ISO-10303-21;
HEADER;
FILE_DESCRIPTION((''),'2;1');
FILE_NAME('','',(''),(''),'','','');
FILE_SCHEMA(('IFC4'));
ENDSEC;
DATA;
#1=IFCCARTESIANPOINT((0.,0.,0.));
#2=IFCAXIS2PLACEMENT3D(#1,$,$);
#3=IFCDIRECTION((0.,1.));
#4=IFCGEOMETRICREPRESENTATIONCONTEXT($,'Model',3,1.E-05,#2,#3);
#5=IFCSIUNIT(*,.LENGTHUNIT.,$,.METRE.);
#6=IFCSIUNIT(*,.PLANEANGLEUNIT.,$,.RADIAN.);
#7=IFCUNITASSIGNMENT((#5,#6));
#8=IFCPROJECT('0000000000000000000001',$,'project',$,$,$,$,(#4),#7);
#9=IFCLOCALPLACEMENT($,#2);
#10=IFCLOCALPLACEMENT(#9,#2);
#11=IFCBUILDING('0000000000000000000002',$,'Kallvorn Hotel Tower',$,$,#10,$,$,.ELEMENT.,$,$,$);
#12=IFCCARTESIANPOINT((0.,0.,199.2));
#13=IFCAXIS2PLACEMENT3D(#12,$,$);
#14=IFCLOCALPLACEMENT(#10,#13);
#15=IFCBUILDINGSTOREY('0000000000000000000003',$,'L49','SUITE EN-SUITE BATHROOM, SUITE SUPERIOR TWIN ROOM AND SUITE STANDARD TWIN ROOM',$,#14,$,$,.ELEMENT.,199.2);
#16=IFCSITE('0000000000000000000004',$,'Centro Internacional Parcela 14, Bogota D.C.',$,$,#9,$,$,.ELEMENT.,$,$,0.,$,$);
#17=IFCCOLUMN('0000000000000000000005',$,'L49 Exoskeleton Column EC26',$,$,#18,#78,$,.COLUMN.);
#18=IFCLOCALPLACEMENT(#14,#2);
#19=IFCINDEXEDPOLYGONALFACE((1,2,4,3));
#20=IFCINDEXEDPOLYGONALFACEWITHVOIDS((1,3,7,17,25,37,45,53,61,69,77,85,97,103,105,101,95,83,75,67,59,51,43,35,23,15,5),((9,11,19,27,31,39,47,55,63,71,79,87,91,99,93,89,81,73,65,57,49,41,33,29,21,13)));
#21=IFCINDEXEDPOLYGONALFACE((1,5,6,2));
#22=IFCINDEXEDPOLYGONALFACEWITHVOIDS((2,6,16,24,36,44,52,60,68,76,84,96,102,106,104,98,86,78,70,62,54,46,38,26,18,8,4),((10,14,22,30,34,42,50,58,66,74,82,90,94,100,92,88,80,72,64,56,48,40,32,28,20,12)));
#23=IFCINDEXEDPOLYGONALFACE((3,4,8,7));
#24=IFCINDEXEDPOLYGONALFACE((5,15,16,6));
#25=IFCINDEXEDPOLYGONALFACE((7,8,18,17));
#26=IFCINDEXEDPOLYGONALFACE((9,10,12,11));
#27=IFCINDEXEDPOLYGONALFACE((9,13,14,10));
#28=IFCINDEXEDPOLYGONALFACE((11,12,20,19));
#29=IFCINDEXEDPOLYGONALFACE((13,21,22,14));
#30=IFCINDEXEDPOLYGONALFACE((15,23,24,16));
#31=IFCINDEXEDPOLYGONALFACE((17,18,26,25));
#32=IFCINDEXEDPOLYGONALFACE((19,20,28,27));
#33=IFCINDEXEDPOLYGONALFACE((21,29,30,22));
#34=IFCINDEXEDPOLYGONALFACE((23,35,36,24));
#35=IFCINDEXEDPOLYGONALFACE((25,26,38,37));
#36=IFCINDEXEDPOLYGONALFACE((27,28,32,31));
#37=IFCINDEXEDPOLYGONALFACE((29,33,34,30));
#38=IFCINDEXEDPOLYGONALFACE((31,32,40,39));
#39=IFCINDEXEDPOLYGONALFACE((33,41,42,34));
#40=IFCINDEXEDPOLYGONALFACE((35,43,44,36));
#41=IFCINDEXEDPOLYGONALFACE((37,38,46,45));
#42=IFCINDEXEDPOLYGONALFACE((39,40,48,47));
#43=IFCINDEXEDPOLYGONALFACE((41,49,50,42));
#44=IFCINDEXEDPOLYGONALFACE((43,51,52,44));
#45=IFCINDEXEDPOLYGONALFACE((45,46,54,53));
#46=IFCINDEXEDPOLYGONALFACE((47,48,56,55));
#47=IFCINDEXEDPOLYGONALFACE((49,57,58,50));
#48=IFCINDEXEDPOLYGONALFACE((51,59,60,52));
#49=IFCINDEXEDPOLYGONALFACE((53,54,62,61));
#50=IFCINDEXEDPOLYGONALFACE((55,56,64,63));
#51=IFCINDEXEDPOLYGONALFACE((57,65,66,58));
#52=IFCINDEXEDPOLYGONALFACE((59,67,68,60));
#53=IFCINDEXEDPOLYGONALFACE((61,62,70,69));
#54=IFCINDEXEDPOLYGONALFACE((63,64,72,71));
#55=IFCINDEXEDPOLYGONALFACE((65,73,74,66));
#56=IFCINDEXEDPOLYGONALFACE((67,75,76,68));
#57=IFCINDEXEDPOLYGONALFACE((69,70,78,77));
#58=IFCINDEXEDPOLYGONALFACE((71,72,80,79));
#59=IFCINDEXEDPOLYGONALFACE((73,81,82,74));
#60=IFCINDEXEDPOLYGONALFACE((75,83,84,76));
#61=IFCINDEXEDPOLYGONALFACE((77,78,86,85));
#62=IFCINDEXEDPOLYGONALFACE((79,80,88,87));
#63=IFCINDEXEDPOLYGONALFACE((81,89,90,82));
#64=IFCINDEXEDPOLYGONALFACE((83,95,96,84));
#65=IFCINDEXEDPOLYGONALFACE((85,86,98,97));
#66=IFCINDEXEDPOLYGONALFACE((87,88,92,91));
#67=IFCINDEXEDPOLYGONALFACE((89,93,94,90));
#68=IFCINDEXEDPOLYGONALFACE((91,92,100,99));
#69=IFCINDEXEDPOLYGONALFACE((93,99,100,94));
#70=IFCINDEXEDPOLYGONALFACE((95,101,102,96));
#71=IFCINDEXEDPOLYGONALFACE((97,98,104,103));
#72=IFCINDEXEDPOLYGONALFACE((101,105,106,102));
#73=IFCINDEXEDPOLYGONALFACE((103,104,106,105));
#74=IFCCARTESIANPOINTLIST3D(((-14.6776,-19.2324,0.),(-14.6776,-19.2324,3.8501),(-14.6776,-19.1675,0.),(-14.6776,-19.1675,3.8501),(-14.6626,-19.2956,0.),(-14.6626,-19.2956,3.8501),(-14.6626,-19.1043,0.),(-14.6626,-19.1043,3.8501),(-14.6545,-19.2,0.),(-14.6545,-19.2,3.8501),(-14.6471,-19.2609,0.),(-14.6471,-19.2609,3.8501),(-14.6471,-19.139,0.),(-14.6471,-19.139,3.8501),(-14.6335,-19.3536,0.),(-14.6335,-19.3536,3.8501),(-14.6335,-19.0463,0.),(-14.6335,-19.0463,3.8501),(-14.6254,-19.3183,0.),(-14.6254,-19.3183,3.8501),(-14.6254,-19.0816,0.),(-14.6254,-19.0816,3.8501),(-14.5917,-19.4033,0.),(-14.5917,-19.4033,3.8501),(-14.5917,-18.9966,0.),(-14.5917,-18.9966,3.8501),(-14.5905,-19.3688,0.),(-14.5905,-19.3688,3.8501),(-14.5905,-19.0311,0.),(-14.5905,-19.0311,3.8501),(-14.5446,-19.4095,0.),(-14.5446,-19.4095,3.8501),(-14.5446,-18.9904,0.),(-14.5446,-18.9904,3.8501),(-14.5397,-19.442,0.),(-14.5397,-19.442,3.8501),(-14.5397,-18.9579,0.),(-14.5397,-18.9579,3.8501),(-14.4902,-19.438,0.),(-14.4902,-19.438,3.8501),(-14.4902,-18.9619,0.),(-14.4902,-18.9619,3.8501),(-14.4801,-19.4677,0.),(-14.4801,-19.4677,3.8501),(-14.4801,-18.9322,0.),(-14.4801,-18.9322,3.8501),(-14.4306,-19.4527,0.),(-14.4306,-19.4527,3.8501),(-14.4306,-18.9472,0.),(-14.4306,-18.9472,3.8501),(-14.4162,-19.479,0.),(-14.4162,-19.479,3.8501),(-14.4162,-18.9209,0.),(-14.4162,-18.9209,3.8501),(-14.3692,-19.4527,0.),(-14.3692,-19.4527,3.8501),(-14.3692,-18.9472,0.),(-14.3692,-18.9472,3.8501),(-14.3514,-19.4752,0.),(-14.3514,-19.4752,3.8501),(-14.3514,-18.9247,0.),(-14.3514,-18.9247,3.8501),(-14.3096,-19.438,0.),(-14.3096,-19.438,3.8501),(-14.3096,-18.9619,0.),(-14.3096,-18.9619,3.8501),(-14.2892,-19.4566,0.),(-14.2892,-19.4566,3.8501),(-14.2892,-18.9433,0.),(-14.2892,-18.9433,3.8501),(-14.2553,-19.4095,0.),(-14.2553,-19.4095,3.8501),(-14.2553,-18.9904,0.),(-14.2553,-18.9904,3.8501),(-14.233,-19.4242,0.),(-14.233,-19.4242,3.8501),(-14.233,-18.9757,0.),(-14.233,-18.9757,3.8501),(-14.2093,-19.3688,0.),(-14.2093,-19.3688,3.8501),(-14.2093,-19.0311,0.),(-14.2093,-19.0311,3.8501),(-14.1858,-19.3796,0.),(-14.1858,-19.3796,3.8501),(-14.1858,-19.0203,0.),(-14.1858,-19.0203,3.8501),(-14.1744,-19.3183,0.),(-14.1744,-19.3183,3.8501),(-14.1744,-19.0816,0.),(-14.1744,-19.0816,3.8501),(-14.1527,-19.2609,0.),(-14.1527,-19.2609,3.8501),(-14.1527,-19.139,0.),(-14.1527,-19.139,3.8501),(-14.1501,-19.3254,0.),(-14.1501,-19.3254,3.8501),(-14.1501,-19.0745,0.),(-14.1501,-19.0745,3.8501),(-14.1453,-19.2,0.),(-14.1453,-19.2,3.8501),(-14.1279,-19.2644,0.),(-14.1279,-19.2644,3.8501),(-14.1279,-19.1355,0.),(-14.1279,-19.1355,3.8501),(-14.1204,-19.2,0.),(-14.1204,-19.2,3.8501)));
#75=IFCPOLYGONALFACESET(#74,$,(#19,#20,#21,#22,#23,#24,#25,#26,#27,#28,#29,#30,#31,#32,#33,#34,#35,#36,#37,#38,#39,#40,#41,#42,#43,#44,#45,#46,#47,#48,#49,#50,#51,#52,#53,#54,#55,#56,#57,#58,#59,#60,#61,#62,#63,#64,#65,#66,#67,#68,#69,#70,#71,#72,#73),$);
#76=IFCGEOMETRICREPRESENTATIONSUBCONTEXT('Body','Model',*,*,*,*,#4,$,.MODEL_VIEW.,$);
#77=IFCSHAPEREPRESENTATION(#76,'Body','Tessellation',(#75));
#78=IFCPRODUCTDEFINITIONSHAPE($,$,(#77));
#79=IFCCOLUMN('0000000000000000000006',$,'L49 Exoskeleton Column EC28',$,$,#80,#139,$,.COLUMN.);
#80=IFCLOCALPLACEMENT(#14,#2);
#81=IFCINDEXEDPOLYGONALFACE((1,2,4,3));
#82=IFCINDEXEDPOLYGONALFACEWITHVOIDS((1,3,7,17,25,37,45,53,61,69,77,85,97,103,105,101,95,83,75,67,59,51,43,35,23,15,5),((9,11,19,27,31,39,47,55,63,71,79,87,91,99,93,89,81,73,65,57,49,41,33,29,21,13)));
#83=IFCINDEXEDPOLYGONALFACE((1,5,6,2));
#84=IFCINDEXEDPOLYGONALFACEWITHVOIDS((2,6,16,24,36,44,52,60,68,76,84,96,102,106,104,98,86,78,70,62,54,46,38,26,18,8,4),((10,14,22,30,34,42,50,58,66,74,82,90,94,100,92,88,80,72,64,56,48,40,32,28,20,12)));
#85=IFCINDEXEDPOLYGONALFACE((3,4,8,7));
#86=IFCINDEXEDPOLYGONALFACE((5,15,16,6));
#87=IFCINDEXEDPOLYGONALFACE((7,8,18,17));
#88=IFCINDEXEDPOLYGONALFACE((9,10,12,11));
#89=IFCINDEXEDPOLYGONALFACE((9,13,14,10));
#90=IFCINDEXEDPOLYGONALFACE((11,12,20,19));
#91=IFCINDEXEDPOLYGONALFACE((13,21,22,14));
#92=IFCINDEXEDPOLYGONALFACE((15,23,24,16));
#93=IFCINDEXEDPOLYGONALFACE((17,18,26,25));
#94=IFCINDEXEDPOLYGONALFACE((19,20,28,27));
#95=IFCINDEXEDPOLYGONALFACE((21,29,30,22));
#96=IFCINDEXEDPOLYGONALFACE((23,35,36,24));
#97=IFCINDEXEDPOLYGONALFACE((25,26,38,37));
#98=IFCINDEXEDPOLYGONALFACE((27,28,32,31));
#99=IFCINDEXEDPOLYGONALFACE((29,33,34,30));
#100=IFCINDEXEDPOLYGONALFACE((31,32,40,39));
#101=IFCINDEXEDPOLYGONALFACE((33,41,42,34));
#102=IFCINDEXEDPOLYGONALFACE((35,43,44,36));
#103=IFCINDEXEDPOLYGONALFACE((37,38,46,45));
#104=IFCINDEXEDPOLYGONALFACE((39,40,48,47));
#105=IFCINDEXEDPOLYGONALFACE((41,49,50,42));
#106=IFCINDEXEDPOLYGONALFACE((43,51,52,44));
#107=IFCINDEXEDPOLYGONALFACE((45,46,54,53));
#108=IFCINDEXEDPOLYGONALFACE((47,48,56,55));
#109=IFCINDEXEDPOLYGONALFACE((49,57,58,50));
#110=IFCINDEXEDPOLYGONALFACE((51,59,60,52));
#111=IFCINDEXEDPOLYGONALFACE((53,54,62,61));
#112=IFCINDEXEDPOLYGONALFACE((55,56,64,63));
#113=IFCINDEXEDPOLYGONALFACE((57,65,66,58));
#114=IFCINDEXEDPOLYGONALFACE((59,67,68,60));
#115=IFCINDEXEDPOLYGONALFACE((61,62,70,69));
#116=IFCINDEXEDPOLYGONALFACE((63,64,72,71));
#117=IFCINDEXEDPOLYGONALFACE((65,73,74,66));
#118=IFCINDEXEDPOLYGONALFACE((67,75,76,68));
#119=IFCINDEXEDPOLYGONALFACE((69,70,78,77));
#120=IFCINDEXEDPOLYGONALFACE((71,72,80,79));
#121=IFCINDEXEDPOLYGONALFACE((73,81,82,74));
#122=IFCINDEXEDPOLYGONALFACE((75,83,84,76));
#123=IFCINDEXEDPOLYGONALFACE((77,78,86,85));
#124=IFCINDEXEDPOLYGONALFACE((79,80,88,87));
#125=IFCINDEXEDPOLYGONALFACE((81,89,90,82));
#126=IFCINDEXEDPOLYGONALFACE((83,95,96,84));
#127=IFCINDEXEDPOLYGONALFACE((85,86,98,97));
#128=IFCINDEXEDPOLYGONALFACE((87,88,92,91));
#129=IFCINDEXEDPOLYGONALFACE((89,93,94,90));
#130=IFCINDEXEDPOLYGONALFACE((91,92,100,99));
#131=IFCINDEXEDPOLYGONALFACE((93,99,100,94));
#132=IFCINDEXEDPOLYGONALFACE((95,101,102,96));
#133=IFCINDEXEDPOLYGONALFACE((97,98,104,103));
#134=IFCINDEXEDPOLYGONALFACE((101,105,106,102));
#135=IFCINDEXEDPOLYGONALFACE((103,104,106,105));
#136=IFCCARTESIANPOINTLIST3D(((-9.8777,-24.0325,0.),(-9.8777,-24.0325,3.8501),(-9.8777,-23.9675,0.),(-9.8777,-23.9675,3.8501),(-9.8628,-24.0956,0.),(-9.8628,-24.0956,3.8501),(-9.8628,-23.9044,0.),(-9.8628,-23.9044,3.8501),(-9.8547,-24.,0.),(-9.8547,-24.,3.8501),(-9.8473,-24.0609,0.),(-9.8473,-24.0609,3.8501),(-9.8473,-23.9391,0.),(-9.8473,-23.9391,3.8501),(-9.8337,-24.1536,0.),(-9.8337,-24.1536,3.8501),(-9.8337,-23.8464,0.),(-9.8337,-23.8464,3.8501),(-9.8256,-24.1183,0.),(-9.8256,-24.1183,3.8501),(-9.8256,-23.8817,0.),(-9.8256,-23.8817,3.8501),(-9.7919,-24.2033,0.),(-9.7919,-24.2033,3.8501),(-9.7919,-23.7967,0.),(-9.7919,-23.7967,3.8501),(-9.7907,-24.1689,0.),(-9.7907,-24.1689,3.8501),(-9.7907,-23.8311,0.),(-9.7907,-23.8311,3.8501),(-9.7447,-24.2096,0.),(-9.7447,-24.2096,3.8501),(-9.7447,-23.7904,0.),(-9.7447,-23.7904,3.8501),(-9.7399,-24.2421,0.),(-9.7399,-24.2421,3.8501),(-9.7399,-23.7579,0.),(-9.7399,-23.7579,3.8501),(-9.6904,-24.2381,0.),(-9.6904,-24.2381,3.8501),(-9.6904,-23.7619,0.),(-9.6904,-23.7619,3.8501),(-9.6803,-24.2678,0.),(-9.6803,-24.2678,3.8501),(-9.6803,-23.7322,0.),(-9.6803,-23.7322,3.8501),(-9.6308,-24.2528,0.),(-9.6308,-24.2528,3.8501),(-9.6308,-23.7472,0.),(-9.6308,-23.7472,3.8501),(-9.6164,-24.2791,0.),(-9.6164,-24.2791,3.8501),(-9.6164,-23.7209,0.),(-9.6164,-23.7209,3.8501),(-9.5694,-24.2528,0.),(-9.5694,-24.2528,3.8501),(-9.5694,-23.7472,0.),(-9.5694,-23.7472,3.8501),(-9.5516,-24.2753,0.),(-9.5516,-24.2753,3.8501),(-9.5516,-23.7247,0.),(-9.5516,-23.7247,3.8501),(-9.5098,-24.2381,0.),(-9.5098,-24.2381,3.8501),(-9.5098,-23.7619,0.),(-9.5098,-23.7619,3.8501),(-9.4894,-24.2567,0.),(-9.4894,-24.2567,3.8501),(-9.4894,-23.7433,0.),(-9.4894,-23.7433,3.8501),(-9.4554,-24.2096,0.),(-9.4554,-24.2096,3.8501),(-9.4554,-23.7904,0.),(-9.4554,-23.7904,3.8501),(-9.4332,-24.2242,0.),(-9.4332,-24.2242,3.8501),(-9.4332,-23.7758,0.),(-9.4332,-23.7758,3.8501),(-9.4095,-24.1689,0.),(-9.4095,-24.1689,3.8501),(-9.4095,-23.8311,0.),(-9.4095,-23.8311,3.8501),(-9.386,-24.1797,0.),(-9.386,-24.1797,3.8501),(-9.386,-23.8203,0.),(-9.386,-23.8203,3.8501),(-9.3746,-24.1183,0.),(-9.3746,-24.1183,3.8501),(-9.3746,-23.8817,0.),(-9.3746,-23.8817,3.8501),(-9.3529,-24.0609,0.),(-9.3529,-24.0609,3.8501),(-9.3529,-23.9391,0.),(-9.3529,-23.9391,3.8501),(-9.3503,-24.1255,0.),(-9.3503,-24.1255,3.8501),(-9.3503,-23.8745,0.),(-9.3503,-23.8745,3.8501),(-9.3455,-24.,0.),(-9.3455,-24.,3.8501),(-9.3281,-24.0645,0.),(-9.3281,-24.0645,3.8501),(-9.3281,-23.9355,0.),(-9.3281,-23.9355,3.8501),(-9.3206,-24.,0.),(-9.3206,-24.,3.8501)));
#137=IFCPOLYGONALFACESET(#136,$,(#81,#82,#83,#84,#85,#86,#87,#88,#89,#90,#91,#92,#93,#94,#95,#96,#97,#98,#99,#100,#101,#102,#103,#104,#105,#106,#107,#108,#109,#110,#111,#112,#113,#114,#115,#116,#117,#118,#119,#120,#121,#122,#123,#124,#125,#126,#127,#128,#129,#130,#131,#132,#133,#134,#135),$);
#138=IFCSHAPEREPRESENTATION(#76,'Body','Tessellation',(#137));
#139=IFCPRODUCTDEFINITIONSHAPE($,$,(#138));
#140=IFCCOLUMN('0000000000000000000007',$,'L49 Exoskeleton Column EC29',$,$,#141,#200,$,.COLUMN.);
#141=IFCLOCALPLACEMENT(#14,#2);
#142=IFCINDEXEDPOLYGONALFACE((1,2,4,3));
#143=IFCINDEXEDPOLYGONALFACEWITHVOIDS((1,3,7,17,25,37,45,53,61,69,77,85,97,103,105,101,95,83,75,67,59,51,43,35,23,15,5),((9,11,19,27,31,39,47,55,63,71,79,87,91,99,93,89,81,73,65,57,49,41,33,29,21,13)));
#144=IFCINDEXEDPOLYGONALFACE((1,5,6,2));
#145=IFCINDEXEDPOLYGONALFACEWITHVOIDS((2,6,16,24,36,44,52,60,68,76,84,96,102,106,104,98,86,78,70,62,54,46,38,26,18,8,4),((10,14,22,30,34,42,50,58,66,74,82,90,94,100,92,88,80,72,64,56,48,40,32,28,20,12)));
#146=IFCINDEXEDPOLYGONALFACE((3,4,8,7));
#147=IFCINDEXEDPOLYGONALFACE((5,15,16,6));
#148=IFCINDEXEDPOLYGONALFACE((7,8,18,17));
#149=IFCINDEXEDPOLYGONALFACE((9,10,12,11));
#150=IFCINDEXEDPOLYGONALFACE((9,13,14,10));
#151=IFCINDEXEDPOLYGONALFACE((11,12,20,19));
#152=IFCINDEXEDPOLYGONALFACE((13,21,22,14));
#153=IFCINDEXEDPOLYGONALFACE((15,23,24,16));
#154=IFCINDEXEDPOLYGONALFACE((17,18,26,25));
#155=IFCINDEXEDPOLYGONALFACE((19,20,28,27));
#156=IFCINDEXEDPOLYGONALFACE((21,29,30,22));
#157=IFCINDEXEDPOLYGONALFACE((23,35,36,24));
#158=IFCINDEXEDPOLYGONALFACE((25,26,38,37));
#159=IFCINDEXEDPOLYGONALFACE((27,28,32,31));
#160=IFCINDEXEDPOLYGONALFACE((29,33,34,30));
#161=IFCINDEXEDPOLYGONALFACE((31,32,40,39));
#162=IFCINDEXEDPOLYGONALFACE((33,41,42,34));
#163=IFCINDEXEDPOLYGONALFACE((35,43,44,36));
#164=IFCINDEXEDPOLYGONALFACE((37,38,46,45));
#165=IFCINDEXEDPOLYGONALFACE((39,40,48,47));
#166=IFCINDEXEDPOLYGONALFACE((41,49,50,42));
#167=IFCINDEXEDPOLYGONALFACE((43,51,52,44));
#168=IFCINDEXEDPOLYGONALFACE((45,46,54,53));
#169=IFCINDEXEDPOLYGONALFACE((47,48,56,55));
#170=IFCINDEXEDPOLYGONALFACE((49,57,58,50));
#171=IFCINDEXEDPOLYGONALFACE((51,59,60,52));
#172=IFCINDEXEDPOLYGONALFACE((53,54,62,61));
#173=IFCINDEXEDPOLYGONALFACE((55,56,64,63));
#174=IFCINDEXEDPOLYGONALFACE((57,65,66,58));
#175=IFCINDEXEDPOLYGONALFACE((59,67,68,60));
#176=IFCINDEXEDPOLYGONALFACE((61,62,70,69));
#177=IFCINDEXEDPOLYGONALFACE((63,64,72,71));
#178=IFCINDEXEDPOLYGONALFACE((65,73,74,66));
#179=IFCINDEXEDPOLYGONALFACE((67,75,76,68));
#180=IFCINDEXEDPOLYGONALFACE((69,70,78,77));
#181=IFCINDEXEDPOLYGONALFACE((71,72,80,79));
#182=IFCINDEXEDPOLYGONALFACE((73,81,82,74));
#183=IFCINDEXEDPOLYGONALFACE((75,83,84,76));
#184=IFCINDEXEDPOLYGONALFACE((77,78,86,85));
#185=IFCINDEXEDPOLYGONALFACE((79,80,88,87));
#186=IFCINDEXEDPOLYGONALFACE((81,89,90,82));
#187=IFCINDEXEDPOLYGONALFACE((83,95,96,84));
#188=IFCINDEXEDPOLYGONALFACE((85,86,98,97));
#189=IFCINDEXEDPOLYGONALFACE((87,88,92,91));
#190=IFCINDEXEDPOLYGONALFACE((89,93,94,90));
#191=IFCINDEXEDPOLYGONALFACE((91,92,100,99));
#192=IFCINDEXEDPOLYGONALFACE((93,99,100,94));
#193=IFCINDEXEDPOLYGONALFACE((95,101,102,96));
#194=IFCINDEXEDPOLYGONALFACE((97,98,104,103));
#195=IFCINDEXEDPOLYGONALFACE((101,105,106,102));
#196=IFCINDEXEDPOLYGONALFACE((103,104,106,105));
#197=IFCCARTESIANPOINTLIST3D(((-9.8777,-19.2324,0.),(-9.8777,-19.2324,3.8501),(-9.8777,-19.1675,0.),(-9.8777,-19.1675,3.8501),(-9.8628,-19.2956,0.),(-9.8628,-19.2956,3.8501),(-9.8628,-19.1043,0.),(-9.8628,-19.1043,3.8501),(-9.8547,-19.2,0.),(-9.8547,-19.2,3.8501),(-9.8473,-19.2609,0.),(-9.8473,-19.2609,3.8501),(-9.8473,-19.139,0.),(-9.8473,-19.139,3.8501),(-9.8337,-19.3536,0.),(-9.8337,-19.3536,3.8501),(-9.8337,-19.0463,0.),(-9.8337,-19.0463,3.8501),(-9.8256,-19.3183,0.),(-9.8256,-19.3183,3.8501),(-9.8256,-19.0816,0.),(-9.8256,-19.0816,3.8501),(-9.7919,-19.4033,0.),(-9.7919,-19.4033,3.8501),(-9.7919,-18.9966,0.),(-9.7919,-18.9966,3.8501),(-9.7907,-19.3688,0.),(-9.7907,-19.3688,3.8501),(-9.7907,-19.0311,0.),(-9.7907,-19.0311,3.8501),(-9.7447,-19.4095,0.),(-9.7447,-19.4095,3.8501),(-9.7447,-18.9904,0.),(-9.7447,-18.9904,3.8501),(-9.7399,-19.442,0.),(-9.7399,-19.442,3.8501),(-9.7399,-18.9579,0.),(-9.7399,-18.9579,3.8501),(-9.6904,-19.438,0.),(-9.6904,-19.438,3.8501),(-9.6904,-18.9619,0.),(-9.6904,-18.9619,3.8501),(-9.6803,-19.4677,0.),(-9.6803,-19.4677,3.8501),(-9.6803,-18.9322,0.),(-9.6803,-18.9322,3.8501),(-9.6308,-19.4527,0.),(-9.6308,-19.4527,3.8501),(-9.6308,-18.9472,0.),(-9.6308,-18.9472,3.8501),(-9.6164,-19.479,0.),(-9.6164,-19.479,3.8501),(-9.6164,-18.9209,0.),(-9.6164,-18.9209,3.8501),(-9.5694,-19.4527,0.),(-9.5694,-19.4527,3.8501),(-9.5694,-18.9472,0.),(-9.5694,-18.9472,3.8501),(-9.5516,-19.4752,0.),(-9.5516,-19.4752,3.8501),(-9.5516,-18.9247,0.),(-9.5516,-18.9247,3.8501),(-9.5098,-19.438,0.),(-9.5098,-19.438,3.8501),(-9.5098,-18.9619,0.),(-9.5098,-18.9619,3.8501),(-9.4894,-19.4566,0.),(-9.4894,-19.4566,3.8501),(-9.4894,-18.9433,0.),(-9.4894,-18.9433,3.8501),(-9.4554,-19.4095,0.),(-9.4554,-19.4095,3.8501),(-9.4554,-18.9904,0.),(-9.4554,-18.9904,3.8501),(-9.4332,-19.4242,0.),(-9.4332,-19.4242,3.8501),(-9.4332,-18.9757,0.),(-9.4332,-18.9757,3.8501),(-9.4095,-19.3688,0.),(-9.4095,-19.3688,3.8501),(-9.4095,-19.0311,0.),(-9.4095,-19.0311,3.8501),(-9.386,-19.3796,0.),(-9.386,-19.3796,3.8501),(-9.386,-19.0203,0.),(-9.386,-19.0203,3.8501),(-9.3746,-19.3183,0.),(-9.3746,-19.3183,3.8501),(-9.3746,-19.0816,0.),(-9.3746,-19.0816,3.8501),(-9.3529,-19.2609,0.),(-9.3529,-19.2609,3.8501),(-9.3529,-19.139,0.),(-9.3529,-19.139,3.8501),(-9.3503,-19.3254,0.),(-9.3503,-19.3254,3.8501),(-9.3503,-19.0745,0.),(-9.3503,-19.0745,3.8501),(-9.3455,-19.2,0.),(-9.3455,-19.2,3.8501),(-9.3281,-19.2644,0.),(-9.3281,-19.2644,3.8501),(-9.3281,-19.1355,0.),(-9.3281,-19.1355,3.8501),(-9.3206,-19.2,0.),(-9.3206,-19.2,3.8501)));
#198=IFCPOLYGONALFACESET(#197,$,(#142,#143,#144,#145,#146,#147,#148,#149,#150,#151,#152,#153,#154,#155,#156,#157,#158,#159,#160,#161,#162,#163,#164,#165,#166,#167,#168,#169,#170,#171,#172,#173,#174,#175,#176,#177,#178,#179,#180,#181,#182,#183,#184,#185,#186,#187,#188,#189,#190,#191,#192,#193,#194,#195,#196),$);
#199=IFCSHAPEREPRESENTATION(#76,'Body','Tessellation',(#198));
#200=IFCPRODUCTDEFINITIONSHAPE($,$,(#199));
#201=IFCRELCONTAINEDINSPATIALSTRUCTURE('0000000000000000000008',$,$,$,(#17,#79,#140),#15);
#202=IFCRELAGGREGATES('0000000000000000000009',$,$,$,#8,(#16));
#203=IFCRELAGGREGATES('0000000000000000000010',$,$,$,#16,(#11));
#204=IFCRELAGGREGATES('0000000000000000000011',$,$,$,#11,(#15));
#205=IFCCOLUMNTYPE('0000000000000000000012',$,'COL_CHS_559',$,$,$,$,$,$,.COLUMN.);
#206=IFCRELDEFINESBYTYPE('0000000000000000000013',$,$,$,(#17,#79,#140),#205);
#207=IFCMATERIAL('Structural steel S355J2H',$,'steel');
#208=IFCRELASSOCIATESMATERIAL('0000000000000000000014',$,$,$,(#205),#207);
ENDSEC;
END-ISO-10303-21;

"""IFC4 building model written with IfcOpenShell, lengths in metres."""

from ifc_helpers import new_model, si_unit, direction, frame, origin, origin_2d, place, context, subcontext, project, spatial, hollow_circle, extrude, material, material_profile, profile_set, type_object, element, save


model = new_model("IFC4")

# Units and contexts
model_context = context("Model", 3, precision=1e-05, world=origin(), true_north=direction((0.0, 1.0)))
body_context = subcontext(model_context, "Body", "Model", "MODEL_VIEW")
ifc_project = project(units=[si_unit("LENGTHUNIT", "METRE"), si_unit("PLANEANGLEUNIT", "RADIAN")], contexts=[model_context])

# Site, building, storey
site_placement = place(None, origin())
site = spatial("IfcSite", under=ifc_project, at=site_placement, Name="Centro Internacional Parcela 14, Bogota D.C.", CompositionType="ELEMENT", RefElevation=0.0)
building_placement = place(site_placement, origin())
building = spatial("IfcBuilding", under=site, at=building_placement, Name="Kallvorn Hotel Tower", CompositionType="ELEMENT")
storey_placement = place(building_placement, frame((0.0, 0.0, 199.2)))
storey = spatial("IfcBuildingStorey", under=building, at=storey_placement, Name="L49", Description="SUITE EN-SUITE BATHROOM, SUITE SUPERIOR TWIN ROOM AND SUITE STANDARD TWIN ROOM", CompositionType="ELEMENT", Elevation=199.2)

# Columns
ifc_material_1 = material(Name="Structural steel S355J2H", Category="steel")
ifc_material_profile_1 = material_profile(ifc_material_1, hollow_circle(Radius=0.2795, WallThickness=0.0249, at=origin_2d()), Name="CHS 559x25")
ifc_profile_set_1 = profile_set([ifc_material_profile_1], Name="Structural steel S355J2H")
column_type_1 = type_object("IfcColumnType", Name="COL_CHS_559", PredefinedType="COLUMN", material=ifc_profile_set_1)
for number, where, z_axis, x_axis, name in (
    (1, (-14.3999, -19.2, 0.0), (0.0, 0.0, 1.0), (1.0, 0.0, 0.0), "L49 Exoskeleton Column EC26"),
    (2, (-9.6001, -24.0, 0.0), (0.0, 0.0, 1.0), (1.0, 0.0, 0.0), "L49 Exoskeleton Column EC28"),
    (3, (-9.6001, -19.2, 0.0), (0.0, 0.0, 1.0), (1.0, 0.0, 0.0), "L49 Exoskeleton Column EC29"),
):
    element("IfcColumn", number, at=place(storey_placement, frame(where, z_axis=z_axis, x_axis=x_axis)), inside=storey, type_object=column_type_1, Name=name, PredefinedType="COLUMN", context=body_context, shape_type="SweptSolid", body=[
        extrude(hollow_circle(Radius=0.2795, WallThickness=0.0249, at=origin_2d()), origin(), (0.0, 0.0, 1.0), 3.8501),
    ])

save(model, "model.ifc")
